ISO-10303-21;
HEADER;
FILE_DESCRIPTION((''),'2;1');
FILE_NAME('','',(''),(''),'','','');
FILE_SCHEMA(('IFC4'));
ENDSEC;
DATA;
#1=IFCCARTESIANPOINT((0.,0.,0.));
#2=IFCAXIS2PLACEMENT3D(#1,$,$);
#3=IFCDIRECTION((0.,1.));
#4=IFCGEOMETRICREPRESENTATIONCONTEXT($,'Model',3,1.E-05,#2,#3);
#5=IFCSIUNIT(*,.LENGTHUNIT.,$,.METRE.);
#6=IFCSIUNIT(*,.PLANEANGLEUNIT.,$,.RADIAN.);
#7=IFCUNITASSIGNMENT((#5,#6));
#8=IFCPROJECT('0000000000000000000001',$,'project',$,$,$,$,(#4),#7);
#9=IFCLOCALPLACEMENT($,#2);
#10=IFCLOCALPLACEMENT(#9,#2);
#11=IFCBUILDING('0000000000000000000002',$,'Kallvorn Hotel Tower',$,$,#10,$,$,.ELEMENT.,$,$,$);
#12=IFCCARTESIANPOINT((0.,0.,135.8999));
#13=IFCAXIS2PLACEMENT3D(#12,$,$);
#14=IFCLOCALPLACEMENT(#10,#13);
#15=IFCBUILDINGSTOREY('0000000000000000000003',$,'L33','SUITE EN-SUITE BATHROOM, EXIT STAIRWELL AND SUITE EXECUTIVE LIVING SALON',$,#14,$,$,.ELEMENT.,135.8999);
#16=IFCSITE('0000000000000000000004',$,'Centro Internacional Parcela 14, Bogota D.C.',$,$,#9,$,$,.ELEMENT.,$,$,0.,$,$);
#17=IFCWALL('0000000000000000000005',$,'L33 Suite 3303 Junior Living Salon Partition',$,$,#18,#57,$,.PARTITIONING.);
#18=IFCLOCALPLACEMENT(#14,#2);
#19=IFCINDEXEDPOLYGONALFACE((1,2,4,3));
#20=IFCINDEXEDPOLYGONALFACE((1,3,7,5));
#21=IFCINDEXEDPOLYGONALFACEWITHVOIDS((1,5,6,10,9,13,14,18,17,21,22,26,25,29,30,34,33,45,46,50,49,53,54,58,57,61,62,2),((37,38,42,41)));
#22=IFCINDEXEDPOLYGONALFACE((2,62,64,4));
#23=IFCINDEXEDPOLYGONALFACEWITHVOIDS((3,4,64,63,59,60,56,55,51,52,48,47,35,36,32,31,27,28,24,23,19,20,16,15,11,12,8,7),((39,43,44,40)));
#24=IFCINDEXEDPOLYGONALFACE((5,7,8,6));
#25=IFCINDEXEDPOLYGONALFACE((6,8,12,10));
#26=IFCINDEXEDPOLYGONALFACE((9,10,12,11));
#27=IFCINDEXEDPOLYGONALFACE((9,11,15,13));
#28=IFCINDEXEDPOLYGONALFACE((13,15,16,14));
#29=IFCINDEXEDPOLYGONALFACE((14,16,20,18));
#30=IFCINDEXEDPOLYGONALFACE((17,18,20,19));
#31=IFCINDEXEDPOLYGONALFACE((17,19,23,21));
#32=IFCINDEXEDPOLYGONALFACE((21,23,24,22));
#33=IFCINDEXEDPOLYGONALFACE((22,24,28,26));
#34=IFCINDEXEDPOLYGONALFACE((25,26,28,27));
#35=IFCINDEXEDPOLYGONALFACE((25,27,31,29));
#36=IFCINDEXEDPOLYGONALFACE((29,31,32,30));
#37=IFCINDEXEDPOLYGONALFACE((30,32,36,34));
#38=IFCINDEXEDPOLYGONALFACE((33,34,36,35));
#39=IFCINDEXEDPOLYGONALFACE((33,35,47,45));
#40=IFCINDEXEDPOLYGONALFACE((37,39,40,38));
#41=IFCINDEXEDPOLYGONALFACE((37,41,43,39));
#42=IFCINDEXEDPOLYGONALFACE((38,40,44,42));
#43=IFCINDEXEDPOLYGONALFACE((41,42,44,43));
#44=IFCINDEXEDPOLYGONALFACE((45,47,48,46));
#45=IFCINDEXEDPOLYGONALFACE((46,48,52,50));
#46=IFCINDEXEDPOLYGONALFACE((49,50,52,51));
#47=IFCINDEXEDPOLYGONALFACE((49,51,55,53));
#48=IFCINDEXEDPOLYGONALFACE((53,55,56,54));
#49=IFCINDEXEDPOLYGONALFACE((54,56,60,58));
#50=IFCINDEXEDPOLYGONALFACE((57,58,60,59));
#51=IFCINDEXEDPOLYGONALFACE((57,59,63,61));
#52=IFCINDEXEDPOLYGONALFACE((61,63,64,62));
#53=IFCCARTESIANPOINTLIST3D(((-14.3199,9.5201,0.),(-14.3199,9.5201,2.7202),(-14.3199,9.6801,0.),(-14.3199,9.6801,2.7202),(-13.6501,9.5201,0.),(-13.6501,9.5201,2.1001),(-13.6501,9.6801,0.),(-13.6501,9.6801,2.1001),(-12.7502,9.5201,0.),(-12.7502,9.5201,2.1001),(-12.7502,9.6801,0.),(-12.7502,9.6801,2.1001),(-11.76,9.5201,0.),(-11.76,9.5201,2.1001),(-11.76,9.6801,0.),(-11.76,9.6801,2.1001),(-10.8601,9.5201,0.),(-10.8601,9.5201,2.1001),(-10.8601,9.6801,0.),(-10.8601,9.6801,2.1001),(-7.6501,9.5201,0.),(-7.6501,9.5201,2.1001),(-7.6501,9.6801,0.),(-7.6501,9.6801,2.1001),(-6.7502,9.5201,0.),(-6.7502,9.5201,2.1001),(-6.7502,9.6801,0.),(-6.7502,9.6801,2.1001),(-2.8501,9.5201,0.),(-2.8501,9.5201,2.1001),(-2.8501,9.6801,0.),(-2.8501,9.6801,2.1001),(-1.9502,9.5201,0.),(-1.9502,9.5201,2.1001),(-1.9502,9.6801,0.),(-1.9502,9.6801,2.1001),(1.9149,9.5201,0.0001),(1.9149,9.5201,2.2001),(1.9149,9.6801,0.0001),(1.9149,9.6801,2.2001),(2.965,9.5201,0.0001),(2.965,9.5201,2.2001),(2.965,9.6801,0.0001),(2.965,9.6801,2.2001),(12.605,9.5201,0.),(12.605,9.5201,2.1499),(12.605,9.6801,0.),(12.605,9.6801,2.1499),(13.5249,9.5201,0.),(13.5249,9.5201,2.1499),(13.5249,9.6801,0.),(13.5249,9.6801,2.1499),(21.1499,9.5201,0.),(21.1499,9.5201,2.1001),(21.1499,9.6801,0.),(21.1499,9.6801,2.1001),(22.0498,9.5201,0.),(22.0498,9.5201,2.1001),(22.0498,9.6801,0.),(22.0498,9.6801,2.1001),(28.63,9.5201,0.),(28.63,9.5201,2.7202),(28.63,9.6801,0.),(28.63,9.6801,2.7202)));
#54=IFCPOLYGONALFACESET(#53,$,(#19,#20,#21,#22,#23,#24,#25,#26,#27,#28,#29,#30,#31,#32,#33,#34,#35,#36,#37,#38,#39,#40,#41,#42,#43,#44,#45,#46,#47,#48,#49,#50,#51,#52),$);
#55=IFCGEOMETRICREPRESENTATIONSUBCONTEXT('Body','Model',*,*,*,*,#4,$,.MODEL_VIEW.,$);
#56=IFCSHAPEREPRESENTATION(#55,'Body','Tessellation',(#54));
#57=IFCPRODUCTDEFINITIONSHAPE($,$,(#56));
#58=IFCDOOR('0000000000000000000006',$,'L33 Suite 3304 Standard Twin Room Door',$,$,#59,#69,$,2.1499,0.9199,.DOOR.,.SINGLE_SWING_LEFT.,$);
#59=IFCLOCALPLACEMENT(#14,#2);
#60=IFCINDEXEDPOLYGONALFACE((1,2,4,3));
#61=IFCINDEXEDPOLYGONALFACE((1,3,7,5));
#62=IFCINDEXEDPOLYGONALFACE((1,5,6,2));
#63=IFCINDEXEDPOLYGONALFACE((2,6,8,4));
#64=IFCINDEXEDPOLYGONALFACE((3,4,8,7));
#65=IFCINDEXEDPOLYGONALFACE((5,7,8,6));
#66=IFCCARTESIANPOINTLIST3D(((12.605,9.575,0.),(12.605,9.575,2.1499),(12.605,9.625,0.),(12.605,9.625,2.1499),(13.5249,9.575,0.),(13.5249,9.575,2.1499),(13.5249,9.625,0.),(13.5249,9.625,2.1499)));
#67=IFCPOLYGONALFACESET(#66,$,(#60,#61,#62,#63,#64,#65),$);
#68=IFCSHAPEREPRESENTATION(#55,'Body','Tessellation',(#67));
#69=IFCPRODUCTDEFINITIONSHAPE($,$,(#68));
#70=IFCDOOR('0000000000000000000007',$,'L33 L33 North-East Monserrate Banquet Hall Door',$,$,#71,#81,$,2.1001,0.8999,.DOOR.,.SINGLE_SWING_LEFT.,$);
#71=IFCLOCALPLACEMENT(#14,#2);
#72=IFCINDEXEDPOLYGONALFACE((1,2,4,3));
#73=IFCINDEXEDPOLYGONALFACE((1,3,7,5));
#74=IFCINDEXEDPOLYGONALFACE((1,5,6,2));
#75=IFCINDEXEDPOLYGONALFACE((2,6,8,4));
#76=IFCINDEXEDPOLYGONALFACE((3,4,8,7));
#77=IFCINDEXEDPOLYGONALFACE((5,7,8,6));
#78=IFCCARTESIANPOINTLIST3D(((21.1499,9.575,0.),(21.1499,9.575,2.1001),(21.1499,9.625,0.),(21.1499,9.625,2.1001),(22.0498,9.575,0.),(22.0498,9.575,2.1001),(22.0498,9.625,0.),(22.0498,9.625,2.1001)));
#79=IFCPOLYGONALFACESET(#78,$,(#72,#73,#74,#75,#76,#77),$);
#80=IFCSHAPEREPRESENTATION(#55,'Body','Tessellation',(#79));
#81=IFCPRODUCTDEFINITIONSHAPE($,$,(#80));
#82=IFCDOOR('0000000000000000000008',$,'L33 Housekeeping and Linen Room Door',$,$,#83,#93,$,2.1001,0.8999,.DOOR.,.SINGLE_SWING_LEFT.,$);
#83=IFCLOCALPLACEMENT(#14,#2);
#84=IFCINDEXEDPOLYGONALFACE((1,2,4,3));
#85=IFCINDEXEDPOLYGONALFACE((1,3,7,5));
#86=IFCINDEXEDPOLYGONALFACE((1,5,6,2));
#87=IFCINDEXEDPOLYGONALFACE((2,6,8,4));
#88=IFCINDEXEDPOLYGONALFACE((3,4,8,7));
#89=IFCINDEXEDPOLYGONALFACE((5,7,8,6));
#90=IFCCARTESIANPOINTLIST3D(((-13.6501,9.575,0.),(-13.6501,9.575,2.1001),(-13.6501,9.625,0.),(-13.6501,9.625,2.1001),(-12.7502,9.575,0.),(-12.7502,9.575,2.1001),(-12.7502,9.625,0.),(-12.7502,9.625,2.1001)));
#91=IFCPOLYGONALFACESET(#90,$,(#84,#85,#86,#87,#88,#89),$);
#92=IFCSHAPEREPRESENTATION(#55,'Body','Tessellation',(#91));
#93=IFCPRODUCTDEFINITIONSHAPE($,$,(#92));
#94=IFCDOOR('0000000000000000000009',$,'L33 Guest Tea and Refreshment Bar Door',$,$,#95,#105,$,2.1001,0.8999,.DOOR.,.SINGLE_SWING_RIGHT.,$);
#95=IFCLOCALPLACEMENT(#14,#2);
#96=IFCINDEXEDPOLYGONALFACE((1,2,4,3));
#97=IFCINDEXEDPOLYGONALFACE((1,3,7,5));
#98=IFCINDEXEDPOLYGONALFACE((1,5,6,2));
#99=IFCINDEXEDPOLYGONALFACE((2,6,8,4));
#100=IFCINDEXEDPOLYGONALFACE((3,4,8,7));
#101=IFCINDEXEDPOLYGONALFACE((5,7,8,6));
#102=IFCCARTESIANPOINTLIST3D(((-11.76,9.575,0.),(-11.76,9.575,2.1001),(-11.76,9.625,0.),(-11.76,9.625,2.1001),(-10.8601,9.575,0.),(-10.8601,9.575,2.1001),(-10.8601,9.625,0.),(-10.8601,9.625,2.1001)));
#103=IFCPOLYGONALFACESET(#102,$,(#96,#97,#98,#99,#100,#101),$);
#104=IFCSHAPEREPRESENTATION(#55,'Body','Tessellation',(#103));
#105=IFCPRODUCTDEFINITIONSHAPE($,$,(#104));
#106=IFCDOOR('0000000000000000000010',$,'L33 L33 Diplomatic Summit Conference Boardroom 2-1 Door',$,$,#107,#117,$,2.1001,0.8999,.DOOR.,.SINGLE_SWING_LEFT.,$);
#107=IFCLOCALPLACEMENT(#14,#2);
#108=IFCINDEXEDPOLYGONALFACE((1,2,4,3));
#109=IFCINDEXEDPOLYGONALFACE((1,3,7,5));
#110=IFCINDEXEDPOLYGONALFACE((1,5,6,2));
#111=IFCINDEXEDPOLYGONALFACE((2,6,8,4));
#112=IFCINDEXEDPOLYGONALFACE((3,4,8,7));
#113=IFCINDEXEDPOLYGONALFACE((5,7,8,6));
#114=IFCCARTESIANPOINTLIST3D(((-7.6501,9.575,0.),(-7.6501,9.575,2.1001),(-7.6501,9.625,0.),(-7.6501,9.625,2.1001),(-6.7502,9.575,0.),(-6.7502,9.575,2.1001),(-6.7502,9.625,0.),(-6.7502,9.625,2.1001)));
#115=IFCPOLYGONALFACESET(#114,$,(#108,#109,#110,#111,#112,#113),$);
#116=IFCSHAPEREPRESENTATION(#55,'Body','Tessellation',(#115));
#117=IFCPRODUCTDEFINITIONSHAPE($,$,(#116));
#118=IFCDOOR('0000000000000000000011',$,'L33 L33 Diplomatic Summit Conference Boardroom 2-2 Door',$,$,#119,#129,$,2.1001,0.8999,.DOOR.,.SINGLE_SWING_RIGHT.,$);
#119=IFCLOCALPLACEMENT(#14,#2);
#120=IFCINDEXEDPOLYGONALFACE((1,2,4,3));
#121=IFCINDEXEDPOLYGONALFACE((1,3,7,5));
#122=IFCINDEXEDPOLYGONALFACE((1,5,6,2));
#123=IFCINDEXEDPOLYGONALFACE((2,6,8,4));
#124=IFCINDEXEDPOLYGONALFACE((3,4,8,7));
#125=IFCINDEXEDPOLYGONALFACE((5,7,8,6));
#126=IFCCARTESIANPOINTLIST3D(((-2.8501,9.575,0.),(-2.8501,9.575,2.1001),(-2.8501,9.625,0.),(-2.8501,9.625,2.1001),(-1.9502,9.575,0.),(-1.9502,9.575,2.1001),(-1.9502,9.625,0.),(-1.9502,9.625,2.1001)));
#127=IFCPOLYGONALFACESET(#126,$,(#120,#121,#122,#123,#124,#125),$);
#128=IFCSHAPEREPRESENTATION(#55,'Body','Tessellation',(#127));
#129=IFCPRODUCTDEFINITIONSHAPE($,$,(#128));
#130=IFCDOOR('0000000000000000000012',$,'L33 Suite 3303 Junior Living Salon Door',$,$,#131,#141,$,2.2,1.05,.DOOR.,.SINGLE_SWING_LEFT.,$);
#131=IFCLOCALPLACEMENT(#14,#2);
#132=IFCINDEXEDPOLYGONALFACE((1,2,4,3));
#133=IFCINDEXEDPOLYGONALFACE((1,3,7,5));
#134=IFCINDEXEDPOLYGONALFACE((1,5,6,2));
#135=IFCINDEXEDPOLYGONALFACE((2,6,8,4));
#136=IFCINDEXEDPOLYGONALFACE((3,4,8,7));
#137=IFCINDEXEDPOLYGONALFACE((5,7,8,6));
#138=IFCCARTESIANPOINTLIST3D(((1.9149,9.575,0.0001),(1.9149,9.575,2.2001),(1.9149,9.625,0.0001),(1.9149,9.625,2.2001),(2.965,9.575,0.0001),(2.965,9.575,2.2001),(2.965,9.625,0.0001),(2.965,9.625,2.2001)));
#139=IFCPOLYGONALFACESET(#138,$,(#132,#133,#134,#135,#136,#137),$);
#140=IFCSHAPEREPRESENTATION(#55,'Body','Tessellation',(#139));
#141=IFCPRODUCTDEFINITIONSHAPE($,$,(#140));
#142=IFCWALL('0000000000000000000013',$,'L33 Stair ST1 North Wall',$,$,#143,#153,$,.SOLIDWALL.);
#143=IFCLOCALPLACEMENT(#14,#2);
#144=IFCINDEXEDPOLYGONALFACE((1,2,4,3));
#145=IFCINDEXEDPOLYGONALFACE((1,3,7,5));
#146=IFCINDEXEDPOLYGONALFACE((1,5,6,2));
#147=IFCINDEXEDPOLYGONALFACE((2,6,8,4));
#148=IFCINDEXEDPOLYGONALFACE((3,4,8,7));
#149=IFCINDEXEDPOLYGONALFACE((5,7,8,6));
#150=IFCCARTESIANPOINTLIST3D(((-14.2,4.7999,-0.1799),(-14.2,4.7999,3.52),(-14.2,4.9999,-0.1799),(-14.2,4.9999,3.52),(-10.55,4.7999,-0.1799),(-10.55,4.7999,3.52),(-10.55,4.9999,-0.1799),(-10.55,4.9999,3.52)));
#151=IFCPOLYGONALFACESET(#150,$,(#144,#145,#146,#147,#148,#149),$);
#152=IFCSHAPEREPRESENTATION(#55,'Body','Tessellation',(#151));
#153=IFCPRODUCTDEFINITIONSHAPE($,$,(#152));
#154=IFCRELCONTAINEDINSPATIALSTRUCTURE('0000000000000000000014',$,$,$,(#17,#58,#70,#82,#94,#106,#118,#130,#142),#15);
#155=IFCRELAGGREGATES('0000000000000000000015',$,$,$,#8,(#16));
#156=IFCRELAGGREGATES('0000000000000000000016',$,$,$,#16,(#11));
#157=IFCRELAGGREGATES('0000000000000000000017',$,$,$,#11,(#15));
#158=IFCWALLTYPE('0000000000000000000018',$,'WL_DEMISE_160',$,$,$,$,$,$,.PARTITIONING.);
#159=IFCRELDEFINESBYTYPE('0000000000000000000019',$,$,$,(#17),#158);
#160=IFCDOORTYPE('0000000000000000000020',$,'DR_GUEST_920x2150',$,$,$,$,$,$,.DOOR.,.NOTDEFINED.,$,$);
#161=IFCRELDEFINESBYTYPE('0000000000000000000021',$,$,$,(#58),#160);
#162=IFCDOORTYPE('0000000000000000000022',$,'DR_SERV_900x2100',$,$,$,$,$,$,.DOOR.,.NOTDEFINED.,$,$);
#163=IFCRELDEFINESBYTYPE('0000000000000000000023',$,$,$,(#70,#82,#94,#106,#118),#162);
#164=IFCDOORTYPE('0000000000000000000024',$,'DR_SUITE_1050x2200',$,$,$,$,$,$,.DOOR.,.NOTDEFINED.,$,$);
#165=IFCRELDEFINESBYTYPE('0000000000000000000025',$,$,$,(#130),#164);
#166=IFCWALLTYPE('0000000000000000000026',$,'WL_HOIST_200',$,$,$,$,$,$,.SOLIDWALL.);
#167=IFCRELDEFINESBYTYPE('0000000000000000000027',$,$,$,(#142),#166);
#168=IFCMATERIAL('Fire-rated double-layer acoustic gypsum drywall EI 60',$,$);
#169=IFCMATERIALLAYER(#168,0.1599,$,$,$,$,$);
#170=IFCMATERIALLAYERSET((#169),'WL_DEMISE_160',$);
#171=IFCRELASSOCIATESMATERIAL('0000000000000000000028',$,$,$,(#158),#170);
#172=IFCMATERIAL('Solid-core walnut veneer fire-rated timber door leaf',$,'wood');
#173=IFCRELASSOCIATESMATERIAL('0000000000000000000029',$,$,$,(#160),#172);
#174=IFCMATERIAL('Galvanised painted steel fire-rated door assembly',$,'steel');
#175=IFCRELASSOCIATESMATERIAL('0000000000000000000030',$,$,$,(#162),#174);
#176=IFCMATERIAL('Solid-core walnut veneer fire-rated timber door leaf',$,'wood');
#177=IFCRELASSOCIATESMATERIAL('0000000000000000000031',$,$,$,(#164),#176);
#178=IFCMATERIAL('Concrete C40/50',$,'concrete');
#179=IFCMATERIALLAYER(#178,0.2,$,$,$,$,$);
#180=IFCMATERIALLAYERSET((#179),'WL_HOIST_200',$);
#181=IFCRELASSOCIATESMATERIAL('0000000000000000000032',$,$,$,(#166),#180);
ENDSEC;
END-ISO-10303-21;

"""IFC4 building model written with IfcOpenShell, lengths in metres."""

from ifc_helpers import new_model, si_unit, direction, frame, frame_2d, origin, place, context, subcontext, project, spatial, rectangle, extrude, material, layer, layer_set, type_object, element, fill, save


model = new_model("IFC4")

# Units and contexts
model_context = context("Model", 3, precision=1e-05, world=origin(), true_north=direction((0.0, 1.0)))
body_context = subcontext(model_context, "Body", "Model", "MODEL_VIEW")
ifc_project = project(units=[si_unit("LENGTHUNIT", "METRE"), si_unit("PLANEANGLEUNIT", "RADIAN")], contexts=[model_context])

# Site, building, storey
site_placement = place(None, origin())
site = spatial("IfcSite", under=ifc_project, at=site_placement, Name="Centro Internacional Parcela 14, Bogota D.C.", CompositionType="ELEMENT", RefElevation=0.0)
building_placement = place(site_placement, origin())
building = spatial("IfcBuilding", under=site, at=building_placement, Name="Kallvorn Hotel Tower", CompositionType="ELEMENT")
storey_placement = place(building_placement, frame((0.0, 0.0, 135.8999)))
storey = spatial("IfcBuildingStorey", under=building, at=storey_placement, Name="L33", Description="SUITE EN-SUITE BATHROOM, EXIT STAIRWELL AND SUITE EXECUTIVE LIVING SALON", CompositionType="ELEMENT", Elevation=135.8999)

# Wall, openings, doors
ifc_material_1 = material(Name="Fire-rated double-layer acoustic gypsum drywall EI 60")
ifc_layer_1 = layer(ifc_material_1, 0.1599)
ifc_layer_set_1 = layer_set([ifc_layer_1], Name="WL_DEMISE_160")
wall_type_1 = type_object("IfcWallType", Name="WL_DEMISE_160", PredefinedType="PARTITIONING", material=ifc_layer_set_1)
wall_1_placement = place(storey_placement, frame((-14.3201, 9.6001, 0.0), z_axis=(0.0, 0.0, 1.0), x_axis=(1.0, 0.0, 0.0)))
wall_1 = element("IfcWall", 1, at=wall_1_placement, inside=storey, type_object=wall_type_1, Name="L33 Suite 3303 Junior Living Salon Partition", PredefinedType="PARTITIONING", context=body_context, shape_type="SweptSolid", body=[
    extrude(rectangle(XDim=42.95, YDim=0.1599, at=frame_2d((21.4751, 0.0))), origin(), (0.0, 0.0, 1.0), 2.7202),
])
opening_1_placement = place(wall_1_placement, frame((35.47, 0.0, 0.0)))
opening_1 = element("IfcOpeningElement", 2, at=opening_1_placement, cuts=wall_1, PredefinedType="OPENING", context=body_context, shape_type="SweptSolid", body=[
    extrude(rectangle(XDim=0.8999, YDim=2.1001, at=frame_2d((0.45, 1.05))), frame((0.0, 0.095, 0.0), z_axis=(0.0, -1.0, 0.0), x_axis=(1.0, 0.0, 0.0)), (0.0, 0.0, 1.0), 0.1899),
])
opening_2_placement = place(wall_1_placement, frame((0.6699, 0.0, 0.0)))
opening_2 = element("IfcOpeningElement", 3, at=opening_2_placement, cuts=wall_1, PredefinedType="OPENING", context=body_context, shape_type="SweptSolid", body=[
    extrude(rectangle(XDim=0.8999, YDim=2.1001, at=frame_2d((0.45, 1.05))), frame((0.0, 0.095, 0.0), z_axis=(0.0, -1.0, 0.0), x_axis=(1.0, 0.0, 0.0)), (0.0, 0.0, 1.0), 0.1899),
])
opening_3_placement = place(wall_1_placement, frame((2.5601, 0.0, 0.0)))
opening_3 = element("IfcOpeningElement", 4, at=opening_3_placement, cuts=wall_1, PredefinedType="OPENING", context=body_context, shape_type="SweptSolid", body=[
    extrude(rectangle(XDim=0.8999, YDim=2.1001, at=frame_2d((0.45, 1.05))), frame((0.0, 0.095, 0.0), z_axis=(0.0, -1.0, 0.0), x_axis=(1.0, 0.0, 0.0)), (0.0, 0.0, 1.0), 0.1899),
])
opening_4_placement = place(wall_1_placement, frame((6.6699, 0.0, 0.0)))
opening_4 = element("IfcOpeningElement", 5, at=opening_4_placement, cuts=wall_1, PredefinedType="OPENING", context=body_context, shape_type="SweptSolid", body=[
    extrude(rectangle(XDim=0.8999, YDim=2.1001, at=frame_2d((0.45, 1.05))), frame((0.0, 0.095, 0.0), z_axis=(0.0, -1.0, 0.0), x_axis=(1.0, 0.0, 0.0)), (0.0, 0.0, 1.0), 0.1899),
])
opening_5_placement = place(wall_1_placement, frame((11.47, 0.0, 0.0)))
opening_5 = element("IfcOpeningElement", 6, at=opening_5_placement, cuts=wall_1, PredefinedType="OPENING", context=body_context, shape_type="SweptSolid", body=[
    extrude(rectangle(XDim=0.8999, YDim=2.1001, at=frame_2d((0.45, 1.05))), frame((0.0, 0.095, 0.0), z_axis=(0.0, -1.0, 0.0), x_axis=(1.0, 0.0, 0.0)), (0.0, 0.0, 1.0), 0.1899),
])
opening_6_placement = place(wall_1_placement, frame((16.2351, 0.0, 0.0)))
opening_6 = element("IfcOpeningElement", 7, at=opening_6_placement, cuts=wall_1, PredefinedType="OPENING", context=body_context, shape_type="SweptSolid", body=[
    extrude(rectangle(XDim=1.05, YDim=2.2, at=frame_2d((0.5249, 1.1001))), frame((0.0, 0.095, 0.0), z_axis=(0.0, -1.0, 0.0), x_axis=(1.0, 0.0, 0.0)), (0.0, 0.0, 1.0), 0.1899),
])
opening_7_placement = place(wall_1_placement, frame((26.925, 0.0, 0.0)))
opening_7 = element("IfcOpeningElement", 8, at=opening_7_placement, cuts=wall_1, PredefinedType="OPENING", context=body_context, shape_type="SweptSolid", body=[
    extrude(rectangle(XDim=0.9199, YDim=2.1499, at=frame_2d((0.46, 1.075))), frame((0.0, 0.095, 0.0), z_axis=(0.0, -1.0, 0.0), x_axis=(1.0, 0.0, 0.0)), (0.0, 0.0, 1.0), 0.1899),
])
ifc_material_2 = material(Name="Solid-core walnut veneer fire-rated timber door leaf", Category="wood")
door_type_1 = type_object("IfcDoorType", Name="DR_GUEST_920x2150", OperationType="NOTDEFINED", PredefinedType="DOOR", material=ifc_material_2)
door_1_placement = place(opening_7_placement, origin())
door_1 = element("IfcDoor", 9, at=door_1_placement, inside=storey, type_object=door_type_1, Name="L33 Suite 3304 Standard Twin Room Door", OperationType="SINGLE_SWING_LEFT", OverallHeight=2.1499, OverallWidth=0.9199, PredefinedType="DOOR", context=body_context, shape_type="SweptSolid", body=[
    extrude(rectangle(XDim=0.9199, YDim=2.1499, at=frame_2d((0.46, 1.075))), frame((0.0, 0.0249, 0.0), z_axis=(0.0, -1.0, 0.0), x_axis=(1.0, 0.0, 0.0)), (0.0, 0.0, 1.0), 0.05),
])
fill(opening_7, door_1)
ifc_material_3 = material(Name="Galvanised painted steel fire-rated door assembly", Category="steel")
door_type_2 = type_object("IfcDoorType", Name="DR_SERV_900x2100", OperationType="NOTDEFINED", PredefinedType="DOOR", material=ifc_material_3)
door_2_placement = place(opening_1_placement, origin())
door_2 = element("IfcDoor", 10, at=door_2_placement, inside=storey, type_object=door_type_2, Name="L33 L33 North-East Monserrate Banquet Hall Door", OperationType="SINGLE_SWING_LEFT", OverallHeight=2.1001, OverallWidth=0.8999, PredefinedType="DOOR", context=body_context, shape_type="SweptSolid", body=[
    extrude(rectangle(XDim=0.8999, YDim=2.1001, at=frame_2d((0.45, 1.05))), frame((0.0, 0.0249, 0.0), z_axis=(0.0, -1.0, 0.0), x_axis=(1.0, 0.0, 0.0)), (0.0, 0.0, 1.0), 0.05),
])
fill(opening_1, door_2)
door_3_placement = place(opening_2_placement, origin())
door_3 = element("IfcDoor", 11, at=door_3_placement, inside=storey, type_object=door_type_2, Name="L33 Housekeeping and Linen Room Door", OperationType="SINGLE_SWING_LEFT", OverallHeight=2.1001, OverallWidth=0.8999, PredefinedType="DOOR", context=body_context, shape_type="SweptSolid", body=[
    extrude(rectangle(XDim=0.8999, YDim=2.1001, at=frame_2d((0.45, 1.05))), frame((0.0, 0.0249, 0.0), z_axis=(0.0, -1.0, 0.0), x_axis=(1.0, 0.0, 0.0)), (0.0, 0.0, 1.0), 0.05),
])
fill(opening_2, door_3)
door_4_placement = place(opening_3_placement, origin())
door_4 = element("IfcDoor", 12, at=door_4_placement, inside=storey, type_object=door_type_2, Name="L33 Guest Tea and Refreshment Bar Door", OperationType="SINGLE_SWING_RIGHT", OverallHeight=2.1001, OverallWidth=0.8999, PredefinedType="DOOR", context=body_context, shape_type="SweptSolid", body=[
    extrude(rectangle(XDim=0.8999, YDim=2.1001, at=frame_2d((0.45, 1.05))), frame((0.0, 0.0249, 0.0), z_axis=(0.0, -1.0, 0.0), x_axis=(1.0, 0.0, 0.0)), (0.0, 0.0, 1.0), 0.05),
])
fill(opening_3, door_4)
door_5_placement = place(opening_4_placement, origin())
door_5 = element("IfcDoor", 13, at=door_5_placement, inside=storey, type_object=door_type_2, Name="L33 L33 Diplomatic Summit Conference Boardroom 2-1 Door", OperationType="SINGLE_SWING_LEFT", OverallHeight=2.1001, OverallWidth=0.8999, PredefinedType="DOOR", context=body_context, shape_type="SweptSolid", body=[
    extrude(rectangle(XDim=0.8999, YDim=2.1001, at=frame_2d((0.45, 1.05))), frame((0.0, 0.0249, 0.0), z_axis=(0.0, -1.0, 0.0), x_axis=(1.0, 0.0, 0.0)), (0.0, 0.0, 1.0), 0.05),
])
fill(opening_4, door_5)
door_6_placement = place(opening_5_placement, origin())
door_6 = element("IfcDoor", 14, at=door_6_placement, inside=storey, type_object=door_type_2, Name="L33 L33 Diplomatic Summit Conference Boardroom 2-2 Door", OperationType="SINGLE_SWING_RIGHT", OverallHeight=2.1001, OverallWidth=0.8999, PredefinedType="DOOR", context=body_context, shape_type="SweptSolid", body=[
    extrude(rectangle(XDim=0.8999, YDim=2.1001, at=frame_2d((0.45, 1.05))), frame((0.0, 0.0249, 0.0), z_axis=(0.0, -1.0, 0.0), x_axis=(1.0, 0.0, 0.0)), (0.0, 0.0, 1.0), 0.05),
])
fill(opening_5, door_6)
ifc_material_4 = material(Name="Solid-core walnut veneer fire-rated timber door leaf", Category="wood")
door_type_3 = type_object("IfcDoorType", Name="DR_SUITE_1050x2200", OperationType="NOTDEFINED", PredefinedType="DOOR", material=ifc_material_4)
door_7_placement = place(opening_6_placement, origin())
door_7 = element("IfcDoor", 15, at=door_7_placement, inside=storey, type_object=door_type_3, Name="L33 Suite 3303 Junior Living Salon Door", OperationType="SINGLE_SWING_LEFT", OverallHeight=2.2, OverallWidth=1.05, PredefinedType="DOOR", context=body_context, shape_type="SweptSolid", body=[
    extrude(rectangle(XDim=1.05, YDim=2.2, at=frame_2d((0.5249, 1.1001))), frame((0.0, 0.0249, 0.0), z_axis=(0.0, -1.0, 0.0), x_axis=(1.0, 0.0, 0.0)), (0.0, 0.0, 1.0), 0.05),
])
fill(opening_6, door_7)

# Wall
ifc_material_5 = material(Name="Concrete C40/50", Category="concrete")
ifc_layer_2 = layer(ifc_material_5, 0.2)
ifc_layer_set_2 = layer_set([ifc_layer_2], Name="WL_HOIST_200")
wall_type_2 = type_object("IfcWallType", Name="WL_HOIST_200", PredefinedType="SOLIDWALL", material=ifc_layer_set_2)
wall_2_placement = place(storey_placement, frame((-14.2, 4.8999, -0.1799), z_axis=(0.0, 0.0, 1.0), x_axis=(1.0, 0.0, 0.0)))
element("IfcWall", 16, at=wall_2_placement, inside=storey, type_object=wall_type_2, Name="L33 Stair ST1 North Wall", PredefinedType="SOLIDWALL", context=body_context, shape_type="SweptSolid", body=[
    extrude(rectangle(XDim=3.6499, YDim=0.2, at=frame_2d((1.825, 0.0))), origin(), (0.0, 0.0, 1.0), 3.7),
])

save(model, "model.ifc")
